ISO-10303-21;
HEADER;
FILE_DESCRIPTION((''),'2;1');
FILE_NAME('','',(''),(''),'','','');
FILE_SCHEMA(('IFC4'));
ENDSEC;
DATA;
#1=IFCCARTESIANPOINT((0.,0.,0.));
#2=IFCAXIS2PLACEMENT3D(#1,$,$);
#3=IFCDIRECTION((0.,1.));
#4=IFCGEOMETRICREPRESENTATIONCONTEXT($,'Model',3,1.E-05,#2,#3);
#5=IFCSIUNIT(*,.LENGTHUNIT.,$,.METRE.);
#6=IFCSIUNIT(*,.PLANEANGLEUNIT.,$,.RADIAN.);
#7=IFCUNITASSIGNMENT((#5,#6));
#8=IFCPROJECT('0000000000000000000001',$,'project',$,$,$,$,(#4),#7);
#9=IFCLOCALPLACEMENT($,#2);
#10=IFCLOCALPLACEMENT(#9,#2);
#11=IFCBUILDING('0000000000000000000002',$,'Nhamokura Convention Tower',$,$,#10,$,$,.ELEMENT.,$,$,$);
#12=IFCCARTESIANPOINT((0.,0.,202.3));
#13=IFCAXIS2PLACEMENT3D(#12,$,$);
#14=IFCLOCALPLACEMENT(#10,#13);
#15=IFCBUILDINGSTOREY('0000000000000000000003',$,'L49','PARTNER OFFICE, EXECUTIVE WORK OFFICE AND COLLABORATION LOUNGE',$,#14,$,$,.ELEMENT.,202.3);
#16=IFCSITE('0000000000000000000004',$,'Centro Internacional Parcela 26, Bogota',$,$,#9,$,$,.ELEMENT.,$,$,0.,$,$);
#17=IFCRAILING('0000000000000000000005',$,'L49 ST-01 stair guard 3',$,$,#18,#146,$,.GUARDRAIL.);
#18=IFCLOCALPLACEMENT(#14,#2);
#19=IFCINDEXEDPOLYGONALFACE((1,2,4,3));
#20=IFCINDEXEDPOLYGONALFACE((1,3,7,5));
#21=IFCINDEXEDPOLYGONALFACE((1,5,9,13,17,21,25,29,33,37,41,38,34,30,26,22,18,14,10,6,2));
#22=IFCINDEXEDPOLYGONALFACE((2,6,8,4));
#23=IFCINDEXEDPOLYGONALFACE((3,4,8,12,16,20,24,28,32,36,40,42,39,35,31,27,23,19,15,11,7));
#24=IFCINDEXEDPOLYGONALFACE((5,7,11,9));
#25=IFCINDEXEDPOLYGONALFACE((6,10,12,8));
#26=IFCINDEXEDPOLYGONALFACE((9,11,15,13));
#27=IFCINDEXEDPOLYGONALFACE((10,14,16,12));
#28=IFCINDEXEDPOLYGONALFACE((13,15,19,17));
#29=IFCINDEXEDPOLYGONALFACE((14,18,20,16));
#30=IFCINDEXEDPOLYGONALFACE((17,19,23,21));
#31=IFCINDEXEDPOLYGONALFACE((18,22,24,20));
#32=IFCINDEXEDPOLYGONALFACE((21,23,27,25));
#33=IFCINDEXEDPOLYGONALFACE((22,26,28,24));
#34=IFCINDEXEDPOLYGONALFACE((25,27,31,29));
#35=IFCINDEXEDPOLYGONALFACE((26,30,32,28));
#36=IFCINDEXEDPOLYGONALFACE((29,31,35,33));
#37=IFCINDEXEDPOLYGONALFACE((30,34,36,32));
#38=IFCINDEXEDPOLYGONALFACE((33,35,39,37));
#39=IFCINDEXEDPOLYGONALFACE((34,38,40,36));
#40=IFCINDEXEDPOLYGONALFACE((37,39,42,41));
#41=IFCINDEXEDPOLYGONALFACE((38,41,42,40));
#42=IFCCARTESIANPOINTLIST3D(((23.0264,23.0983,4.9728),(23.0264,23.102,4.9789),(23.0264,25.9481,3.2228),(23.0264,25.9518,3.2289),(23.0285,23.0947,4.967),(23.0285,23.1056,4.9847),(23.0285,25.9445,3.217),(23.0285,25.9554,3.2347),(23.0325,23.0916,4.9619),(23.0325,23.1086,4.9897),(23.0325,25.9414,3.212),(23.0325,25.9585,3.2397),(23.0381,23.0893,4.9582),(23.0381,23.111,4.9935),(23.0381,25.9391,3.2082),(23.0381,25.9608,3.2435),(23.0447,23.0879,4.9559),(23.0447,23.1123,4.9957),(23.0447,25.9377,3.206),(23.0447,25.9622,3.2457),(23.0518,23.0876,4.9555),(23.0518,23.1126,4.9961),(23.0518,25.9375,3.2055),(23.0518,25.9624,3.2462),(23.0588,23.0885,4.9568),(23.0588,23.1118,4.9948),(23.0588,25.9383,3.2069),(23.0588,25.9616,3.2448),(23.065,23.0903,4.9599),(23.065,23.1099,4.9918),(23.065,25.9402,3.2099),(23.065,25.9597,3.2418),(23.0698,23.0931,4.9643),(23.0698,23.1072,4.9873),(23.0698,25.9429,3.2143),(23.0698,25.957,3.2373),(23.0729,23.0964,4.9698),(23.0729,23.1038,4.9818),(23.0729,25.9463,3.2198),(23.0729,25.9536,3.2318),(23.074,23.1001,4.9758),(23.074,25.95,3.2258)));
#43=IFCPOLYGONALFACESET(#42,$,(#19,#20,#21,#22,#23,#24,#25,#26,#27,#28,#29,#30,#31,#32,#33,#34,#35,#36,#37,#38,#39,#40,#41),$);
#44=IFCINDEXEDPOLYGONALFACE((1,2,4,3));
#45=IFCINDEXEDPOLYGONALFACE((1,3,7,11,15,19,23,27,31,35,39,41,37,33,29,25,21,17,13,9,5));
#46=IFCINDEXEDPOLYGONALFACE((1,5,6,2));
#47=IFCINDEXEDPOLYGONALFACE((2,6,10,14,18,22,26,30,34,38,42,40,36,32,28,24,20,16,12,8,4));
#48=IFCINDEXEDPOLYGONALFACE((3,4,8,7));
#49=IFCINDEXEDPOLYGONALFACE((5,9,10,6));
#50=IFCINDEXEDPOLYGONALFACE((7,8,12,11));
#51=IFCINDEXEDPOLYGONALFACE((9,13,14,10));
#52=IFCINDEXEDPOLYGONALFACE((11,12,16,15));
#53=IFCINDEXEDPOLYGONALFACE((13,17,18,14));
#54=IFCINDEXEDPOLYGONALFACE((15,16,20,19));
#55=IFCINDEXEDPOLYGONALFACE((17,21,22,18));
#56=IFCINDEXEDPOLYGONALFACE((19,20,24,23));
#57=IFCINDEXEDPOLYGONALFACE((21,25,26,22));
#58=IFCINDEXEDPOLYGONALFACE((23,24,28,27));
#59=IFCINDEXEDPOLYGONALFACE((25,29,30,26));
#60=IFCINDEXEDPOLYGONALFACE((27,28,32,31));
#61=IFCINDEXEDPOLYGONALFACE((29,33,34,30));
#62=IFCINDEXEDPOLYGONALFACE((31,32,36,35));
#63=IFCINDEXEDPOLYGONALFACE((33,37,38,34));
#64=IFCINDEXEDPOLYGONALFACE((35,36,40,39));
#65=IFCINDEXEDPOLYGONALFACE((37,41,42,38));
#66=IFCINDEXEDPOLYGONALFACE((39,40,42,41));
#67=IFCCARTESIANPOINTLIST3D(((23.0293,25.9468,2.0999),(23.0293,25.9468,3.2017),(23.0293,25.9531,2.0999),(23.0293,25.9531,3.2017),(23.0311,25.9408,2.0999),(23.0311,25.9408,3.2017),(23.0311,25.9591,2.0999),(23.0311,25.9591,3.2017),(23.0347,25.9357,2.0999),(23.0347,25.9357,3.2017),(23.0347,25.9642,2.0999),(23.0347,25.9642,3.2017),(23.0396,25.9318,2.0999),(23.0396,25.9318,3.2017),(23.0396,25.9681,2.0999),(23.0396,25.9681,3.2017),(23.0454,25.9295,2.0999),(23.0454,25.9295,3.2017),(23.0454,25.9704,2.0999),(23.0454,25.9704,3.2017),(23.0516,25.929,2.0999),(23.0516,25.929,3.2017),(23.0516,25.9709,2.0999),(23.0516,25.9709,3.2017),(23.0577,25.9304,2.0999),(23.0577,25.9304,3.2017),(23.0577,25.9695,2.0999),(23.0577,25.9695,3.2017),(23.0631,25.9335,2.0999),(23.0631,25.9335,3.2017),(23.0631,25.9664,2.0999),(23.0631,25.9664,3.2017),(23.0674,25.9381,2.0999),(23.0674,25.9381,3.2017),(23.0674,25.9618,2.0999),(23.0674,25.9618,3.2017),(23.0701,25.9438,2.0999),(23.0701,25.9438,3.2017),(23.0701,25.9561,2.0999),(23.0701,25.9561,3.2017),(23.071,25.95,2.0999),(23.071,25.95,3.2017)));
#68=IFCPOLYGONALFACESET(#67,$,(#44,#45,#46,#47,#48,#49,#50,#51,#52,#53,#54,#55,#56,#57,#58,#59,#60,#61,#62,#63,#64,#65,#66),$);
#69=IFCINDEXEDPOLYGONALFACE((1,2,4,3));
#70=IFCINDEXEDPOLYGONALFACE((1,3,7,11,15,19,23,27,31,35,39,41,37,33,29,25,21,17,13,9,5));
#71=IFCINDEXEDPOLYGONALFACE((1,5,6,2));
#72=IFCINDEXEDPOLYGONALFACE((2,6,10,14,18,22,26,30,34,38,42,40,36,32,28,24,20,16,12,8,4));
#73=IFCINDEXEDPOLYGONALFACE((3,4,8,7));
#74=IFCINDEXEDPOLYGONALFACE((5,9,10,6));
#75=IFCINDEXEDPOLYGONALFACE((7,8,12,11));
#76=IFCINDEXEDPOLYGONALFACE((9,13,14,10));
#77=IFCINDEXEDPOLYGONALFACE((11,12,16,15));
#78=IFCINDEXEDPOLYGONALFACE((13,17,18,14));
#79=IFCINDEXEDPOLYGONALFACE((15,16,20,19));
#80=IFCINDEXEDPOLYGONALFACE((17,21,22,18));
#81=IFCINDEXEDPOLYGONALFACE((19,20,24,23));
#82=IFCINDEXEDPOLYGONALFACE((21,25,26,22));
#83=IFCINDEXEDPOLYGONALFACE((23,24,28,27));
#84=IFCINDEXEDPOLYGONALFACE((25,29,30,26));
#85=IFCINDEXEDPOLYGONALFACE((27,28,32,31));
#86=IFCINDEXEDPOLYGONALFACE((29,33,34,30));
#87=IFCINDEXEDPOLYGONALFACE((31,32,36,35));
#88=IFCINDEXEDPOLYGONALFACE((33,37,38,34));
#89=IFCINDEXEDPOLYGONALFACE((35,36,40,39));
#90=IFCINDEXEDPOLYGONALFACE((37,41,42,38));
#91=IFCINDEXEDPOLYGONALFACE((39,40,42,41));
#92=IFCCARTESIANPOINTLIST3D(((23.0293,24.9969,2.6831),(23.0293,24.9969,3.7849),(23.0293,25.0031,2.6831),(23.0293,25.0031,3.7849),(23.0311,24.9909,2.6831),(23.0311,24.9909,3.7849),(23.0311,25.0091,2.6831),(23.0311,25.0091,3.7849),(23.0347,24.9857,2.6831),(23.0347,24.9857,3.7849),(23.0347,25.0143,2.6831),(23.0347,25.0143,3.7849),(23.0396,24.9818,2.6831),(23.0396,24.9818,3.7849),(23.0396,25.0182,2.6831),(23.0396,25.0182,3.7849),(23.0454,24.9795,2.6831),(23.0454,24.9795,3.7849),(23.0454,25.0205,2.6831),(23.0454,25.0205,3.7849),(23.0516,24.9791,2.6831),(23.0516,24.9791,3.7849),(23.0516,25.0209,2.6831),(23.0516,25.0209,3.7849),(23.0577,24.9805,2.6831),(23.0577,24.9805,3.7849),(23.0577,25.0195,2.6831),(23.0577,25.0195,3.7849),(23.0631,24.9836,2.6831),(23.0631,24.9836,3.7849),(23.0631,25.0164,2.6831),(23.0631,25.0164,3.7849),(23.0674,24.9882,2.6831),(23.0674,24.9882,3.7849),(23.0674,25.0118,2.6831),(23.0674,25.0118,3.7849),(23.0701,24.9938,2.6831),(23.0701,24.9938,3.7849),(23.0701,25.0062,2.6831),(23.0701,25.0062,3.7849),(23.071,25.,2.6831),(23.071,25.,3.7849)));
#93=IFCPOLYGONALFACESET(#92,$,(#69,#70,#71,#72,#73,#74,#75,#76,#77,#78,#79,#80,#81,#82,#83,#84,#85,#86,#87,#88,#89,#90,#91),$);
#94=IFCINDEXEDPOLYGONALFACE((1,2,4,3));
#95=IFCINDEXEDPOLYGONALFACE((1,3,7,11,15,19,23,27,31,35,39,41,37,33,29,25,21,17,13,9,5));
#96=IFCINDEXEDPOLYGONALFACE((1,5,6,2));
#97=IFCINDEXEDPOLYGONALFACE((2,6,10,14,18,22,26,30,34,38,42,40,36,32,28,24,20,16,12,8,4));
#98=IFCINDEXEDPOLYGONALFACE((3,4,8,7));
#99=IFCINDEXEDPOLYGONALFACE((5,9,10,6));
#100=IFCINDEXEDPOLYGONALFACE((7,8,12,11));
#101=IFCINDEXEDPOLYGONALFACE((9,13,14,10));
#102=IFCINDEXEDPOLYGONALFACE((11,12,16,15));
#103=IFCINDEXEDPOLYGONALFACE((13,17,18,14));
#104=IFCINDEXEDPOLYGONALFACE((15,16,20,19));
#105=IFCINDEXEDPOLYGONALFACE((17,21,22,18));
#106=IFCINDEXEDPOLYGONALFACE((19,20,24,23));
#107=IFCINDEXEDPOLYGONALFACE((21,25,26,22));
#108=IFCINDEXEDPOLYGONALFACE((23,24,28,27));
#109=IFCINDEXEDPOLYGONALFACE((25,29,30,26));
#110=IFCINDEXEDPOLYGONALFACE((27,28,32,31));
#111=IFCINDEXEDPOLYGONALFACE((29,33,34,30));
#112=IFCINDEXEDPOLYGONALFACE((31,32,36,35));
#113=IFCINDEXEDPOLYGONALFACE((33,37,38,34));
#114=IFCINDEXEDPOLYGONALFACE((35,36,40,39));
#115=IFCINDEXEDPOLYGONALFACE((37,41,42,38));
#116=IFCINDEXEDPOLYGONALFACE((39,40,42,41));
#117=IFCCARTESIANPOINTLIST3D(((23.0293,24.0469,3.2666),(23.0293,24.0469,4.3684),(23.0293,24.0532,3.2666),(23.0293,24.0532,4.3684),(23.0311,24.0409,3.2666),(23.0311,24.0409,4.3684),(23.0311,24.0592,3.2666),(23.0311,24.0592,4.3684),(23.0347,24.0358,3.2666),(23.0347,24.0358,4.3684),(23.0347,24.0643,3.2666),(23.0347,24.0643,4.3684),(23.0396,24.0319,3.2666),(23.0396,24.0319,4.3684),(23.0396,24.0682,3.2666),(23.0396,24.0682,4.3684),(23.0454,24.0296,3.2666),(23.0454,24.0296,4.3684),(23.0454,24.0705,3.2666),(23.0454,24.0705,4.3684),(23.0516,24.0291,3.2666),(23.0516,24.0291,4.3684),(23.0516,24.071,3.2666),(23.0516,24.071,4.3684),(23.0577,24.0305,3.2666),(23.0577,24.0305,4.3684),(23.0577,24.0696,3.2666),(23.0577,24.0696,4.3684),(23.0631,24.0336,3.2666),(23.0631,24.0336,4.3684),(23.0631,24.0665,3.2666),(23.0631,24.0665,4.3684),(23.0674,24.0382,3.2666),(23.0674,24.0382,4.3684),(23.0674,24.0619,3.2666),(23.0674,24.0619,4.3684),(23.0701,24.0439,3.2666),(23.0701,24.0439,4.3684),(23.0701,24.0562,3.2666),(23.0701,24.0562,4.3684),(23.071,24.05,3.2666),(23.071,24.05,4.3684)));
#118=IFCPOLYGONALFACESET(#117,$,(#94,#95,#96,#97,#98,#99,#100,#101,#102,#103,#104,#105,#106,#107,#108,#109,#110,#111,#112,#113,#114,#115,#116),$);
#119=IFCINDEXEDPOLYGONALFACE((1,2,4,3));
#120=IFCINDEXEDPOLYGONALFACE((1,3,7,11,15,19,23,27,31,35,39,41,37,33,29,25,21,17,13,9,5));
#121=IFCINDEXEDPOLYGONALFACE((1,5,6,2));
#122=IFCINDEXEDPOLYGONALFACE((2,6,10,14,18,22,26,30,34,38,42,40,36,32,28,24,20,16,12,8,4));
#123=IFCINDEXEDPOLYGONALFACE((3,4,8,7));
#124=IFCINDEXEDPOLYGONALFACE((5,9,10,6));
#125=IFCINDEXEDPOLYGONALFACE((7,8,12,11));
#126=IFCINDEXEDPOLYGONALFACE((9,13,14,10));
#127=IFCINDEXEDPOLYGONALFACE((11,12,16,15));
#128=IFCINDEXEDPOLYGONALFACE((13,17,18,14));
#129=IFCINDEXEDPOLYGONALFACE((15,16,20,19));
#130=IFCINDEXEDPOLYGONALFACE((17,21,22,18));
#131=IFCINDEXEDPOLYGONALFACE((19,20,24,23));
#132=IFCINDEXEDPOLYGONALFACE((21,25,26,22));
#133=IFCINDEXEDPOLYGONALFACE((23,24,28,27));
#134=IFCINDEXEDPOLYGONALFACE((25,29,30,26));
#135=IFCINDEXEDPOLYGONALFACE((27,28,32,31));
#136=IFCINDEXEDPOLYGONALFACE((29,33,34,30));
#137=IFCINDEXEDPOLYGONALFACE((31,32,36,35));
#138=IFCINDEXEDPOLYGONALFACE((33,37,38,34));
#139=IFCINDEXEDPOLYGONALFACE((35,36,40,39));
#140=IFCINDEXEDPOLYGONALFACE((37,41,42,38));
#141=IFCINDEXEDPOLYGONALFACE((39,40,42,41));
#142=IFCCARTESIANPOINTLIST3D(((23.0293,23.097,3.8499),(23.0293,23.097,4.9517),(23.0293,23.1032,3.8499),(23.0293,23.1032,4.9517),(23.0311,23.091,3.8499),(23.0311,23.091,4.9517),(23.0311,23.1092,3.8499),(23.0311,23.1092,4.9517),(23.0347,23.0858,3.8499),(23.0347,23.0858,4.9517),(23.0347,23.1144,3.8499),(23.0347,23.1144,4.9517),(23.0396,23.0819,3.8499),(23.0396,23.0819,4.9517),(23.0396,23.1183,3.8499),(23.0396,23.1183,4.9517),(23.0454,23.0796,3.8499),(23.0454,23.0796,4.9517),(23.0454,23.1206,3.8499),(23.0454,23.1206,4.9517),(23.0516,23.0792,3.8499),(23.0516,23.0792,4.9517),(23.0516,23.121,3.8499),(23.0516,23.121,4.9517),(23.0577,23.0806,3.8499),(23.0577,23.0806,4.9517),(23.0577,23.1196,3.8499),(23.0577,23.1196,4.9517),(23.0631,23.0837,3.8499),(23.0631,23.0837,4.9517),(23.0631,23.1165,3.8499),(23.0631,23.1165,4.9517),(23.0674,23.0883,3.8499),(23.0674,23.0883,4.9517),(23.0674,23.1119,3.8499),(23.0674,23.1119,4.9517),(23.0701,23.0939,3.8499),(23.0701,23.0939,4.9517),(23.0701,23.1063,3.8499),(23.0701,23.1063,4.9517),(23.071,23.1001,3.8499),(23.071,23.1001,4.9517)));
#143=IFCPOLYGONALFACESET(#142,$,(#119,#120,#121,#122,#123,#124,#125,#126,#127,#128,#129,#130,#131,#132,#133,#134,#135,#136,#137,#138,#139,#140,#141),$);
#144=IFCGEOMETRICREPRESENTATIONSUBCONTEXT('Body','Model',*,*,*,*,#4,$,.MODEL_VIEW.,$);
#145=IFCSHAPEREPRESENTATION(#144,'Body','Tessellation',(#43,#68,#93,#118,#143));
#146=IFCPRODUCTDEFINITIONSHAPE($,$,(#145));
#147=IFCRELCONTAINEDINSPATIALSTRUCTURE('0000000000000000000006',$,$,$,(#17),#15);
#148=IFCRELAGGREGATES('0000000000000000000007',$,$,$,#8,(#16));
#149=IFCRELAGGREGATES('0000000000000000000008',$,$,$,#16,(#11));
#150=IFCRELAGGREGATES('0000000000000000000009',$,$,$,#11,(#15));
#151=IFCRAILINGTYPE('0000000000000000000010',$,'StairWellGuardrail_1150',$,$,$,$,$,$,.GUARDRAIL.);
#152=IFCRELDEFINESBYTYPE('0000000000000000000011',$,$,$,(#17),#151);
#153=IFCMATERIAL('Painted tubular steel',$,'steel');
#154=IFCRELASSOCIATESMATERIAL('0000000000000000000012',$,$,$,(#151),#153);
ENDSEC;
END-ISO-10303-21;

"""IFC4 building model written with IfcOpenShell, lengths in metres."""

from ifc_helpers import new_model, si_unit, direction, frame, origin, origin_2d, place, context, subcontext, project, spatial, circle, extrude, material, type_object, element, save


model = new_model("IFC4")

# Units and contexts
model_context = context("Model", 3, precision=1e-05, world=origin(), true_north=direction((0.0, 1.0)))
body_context = subcontext(model_context, "Body", "Model", "MODEL_VIEW")
ifc_project = project(units=[si_unit("LENGTHUNIT", "METRE"), si_unit("PLANEANGLEUNIT", "RADIAN")], contexts=[model_context])

# Site, building, storey
site_placement = place(None, origin())
site = spatial("IfcSite", under=ifc_project, at=site_placement, Name="Centro Internacional Parcela 26, Bogota", CompositionType="ELEMENT", RefElevation=0.0)
building_placement = place(site_placement, origin())
building = spatial("IfcBuilding", under=site, at=building_placement, Name="Nhamokura Convention Tower", CompositionType="ELEMENT")
storey_placement = place(building_placement, frame((0.0, 0.0, 202.3)))
storey = spatial("IfcBuildingStorey", under=building, at=storey_placement, Name="L49", Description="PARTNER OFFICE, EXECUTIVE WORK OFFICE AND COLLABORATION LOUNGE", CompositionType="ELEMENT", Elevation=202.3)

# Railing
ifc_material_1 = material(Name="Painted tubular steel", Category="steel")
railing_type_1 = type_object("IfcRailingType", Name="StairWellGuardrail_1150", PredefinedType="GUARDRAIL", material=ifc_material_1)
railing_1_placement = place(storey_placement, frame((23.05, 25.95, 2.0999)))
element("IfcRailing", 1, at=railing_1_placement, inside=storey, type_object=railing_type_1, Name="L49 ST-01 stair guard 3", PredefinedType="GUARDRAIL", context=body_context, shape_type="SweptSolid", body=[
    extrude(circle(Radius=0.0239, at=origin_2d()), frame((0.0, 0.0, 1.126), z_axis=(0.0, -0.852159, 0.523283), x_axis=(1.0, 0.0, 0.0)), (0.0, 0.0, 1.0), 3.3442),
    extrude(circle(Radius=0.021, at=origin_2d()), origin(), (0.0, 0.0, 1.0), 1.1018),
    extrude(circle(Radius=0.021, at=origin_2d()), frame((0.0, -0.95, 0.5833)), (0.0, 0.0, 1.0), 1.1018),
    extrude(circle(Radius=0.021, at=origin_2d()), frame((0.0, -1.8999, 1.1667)), (0.0, 0.0, 1.0), 1.1018),
    extrude(circle(Radius=0.021, at=origin_2d()), frame((0.0, -2.8499, 1.75)), (0.0, 0.0, 1.0), 1.1018),
])

save(model, "model.ifc")
